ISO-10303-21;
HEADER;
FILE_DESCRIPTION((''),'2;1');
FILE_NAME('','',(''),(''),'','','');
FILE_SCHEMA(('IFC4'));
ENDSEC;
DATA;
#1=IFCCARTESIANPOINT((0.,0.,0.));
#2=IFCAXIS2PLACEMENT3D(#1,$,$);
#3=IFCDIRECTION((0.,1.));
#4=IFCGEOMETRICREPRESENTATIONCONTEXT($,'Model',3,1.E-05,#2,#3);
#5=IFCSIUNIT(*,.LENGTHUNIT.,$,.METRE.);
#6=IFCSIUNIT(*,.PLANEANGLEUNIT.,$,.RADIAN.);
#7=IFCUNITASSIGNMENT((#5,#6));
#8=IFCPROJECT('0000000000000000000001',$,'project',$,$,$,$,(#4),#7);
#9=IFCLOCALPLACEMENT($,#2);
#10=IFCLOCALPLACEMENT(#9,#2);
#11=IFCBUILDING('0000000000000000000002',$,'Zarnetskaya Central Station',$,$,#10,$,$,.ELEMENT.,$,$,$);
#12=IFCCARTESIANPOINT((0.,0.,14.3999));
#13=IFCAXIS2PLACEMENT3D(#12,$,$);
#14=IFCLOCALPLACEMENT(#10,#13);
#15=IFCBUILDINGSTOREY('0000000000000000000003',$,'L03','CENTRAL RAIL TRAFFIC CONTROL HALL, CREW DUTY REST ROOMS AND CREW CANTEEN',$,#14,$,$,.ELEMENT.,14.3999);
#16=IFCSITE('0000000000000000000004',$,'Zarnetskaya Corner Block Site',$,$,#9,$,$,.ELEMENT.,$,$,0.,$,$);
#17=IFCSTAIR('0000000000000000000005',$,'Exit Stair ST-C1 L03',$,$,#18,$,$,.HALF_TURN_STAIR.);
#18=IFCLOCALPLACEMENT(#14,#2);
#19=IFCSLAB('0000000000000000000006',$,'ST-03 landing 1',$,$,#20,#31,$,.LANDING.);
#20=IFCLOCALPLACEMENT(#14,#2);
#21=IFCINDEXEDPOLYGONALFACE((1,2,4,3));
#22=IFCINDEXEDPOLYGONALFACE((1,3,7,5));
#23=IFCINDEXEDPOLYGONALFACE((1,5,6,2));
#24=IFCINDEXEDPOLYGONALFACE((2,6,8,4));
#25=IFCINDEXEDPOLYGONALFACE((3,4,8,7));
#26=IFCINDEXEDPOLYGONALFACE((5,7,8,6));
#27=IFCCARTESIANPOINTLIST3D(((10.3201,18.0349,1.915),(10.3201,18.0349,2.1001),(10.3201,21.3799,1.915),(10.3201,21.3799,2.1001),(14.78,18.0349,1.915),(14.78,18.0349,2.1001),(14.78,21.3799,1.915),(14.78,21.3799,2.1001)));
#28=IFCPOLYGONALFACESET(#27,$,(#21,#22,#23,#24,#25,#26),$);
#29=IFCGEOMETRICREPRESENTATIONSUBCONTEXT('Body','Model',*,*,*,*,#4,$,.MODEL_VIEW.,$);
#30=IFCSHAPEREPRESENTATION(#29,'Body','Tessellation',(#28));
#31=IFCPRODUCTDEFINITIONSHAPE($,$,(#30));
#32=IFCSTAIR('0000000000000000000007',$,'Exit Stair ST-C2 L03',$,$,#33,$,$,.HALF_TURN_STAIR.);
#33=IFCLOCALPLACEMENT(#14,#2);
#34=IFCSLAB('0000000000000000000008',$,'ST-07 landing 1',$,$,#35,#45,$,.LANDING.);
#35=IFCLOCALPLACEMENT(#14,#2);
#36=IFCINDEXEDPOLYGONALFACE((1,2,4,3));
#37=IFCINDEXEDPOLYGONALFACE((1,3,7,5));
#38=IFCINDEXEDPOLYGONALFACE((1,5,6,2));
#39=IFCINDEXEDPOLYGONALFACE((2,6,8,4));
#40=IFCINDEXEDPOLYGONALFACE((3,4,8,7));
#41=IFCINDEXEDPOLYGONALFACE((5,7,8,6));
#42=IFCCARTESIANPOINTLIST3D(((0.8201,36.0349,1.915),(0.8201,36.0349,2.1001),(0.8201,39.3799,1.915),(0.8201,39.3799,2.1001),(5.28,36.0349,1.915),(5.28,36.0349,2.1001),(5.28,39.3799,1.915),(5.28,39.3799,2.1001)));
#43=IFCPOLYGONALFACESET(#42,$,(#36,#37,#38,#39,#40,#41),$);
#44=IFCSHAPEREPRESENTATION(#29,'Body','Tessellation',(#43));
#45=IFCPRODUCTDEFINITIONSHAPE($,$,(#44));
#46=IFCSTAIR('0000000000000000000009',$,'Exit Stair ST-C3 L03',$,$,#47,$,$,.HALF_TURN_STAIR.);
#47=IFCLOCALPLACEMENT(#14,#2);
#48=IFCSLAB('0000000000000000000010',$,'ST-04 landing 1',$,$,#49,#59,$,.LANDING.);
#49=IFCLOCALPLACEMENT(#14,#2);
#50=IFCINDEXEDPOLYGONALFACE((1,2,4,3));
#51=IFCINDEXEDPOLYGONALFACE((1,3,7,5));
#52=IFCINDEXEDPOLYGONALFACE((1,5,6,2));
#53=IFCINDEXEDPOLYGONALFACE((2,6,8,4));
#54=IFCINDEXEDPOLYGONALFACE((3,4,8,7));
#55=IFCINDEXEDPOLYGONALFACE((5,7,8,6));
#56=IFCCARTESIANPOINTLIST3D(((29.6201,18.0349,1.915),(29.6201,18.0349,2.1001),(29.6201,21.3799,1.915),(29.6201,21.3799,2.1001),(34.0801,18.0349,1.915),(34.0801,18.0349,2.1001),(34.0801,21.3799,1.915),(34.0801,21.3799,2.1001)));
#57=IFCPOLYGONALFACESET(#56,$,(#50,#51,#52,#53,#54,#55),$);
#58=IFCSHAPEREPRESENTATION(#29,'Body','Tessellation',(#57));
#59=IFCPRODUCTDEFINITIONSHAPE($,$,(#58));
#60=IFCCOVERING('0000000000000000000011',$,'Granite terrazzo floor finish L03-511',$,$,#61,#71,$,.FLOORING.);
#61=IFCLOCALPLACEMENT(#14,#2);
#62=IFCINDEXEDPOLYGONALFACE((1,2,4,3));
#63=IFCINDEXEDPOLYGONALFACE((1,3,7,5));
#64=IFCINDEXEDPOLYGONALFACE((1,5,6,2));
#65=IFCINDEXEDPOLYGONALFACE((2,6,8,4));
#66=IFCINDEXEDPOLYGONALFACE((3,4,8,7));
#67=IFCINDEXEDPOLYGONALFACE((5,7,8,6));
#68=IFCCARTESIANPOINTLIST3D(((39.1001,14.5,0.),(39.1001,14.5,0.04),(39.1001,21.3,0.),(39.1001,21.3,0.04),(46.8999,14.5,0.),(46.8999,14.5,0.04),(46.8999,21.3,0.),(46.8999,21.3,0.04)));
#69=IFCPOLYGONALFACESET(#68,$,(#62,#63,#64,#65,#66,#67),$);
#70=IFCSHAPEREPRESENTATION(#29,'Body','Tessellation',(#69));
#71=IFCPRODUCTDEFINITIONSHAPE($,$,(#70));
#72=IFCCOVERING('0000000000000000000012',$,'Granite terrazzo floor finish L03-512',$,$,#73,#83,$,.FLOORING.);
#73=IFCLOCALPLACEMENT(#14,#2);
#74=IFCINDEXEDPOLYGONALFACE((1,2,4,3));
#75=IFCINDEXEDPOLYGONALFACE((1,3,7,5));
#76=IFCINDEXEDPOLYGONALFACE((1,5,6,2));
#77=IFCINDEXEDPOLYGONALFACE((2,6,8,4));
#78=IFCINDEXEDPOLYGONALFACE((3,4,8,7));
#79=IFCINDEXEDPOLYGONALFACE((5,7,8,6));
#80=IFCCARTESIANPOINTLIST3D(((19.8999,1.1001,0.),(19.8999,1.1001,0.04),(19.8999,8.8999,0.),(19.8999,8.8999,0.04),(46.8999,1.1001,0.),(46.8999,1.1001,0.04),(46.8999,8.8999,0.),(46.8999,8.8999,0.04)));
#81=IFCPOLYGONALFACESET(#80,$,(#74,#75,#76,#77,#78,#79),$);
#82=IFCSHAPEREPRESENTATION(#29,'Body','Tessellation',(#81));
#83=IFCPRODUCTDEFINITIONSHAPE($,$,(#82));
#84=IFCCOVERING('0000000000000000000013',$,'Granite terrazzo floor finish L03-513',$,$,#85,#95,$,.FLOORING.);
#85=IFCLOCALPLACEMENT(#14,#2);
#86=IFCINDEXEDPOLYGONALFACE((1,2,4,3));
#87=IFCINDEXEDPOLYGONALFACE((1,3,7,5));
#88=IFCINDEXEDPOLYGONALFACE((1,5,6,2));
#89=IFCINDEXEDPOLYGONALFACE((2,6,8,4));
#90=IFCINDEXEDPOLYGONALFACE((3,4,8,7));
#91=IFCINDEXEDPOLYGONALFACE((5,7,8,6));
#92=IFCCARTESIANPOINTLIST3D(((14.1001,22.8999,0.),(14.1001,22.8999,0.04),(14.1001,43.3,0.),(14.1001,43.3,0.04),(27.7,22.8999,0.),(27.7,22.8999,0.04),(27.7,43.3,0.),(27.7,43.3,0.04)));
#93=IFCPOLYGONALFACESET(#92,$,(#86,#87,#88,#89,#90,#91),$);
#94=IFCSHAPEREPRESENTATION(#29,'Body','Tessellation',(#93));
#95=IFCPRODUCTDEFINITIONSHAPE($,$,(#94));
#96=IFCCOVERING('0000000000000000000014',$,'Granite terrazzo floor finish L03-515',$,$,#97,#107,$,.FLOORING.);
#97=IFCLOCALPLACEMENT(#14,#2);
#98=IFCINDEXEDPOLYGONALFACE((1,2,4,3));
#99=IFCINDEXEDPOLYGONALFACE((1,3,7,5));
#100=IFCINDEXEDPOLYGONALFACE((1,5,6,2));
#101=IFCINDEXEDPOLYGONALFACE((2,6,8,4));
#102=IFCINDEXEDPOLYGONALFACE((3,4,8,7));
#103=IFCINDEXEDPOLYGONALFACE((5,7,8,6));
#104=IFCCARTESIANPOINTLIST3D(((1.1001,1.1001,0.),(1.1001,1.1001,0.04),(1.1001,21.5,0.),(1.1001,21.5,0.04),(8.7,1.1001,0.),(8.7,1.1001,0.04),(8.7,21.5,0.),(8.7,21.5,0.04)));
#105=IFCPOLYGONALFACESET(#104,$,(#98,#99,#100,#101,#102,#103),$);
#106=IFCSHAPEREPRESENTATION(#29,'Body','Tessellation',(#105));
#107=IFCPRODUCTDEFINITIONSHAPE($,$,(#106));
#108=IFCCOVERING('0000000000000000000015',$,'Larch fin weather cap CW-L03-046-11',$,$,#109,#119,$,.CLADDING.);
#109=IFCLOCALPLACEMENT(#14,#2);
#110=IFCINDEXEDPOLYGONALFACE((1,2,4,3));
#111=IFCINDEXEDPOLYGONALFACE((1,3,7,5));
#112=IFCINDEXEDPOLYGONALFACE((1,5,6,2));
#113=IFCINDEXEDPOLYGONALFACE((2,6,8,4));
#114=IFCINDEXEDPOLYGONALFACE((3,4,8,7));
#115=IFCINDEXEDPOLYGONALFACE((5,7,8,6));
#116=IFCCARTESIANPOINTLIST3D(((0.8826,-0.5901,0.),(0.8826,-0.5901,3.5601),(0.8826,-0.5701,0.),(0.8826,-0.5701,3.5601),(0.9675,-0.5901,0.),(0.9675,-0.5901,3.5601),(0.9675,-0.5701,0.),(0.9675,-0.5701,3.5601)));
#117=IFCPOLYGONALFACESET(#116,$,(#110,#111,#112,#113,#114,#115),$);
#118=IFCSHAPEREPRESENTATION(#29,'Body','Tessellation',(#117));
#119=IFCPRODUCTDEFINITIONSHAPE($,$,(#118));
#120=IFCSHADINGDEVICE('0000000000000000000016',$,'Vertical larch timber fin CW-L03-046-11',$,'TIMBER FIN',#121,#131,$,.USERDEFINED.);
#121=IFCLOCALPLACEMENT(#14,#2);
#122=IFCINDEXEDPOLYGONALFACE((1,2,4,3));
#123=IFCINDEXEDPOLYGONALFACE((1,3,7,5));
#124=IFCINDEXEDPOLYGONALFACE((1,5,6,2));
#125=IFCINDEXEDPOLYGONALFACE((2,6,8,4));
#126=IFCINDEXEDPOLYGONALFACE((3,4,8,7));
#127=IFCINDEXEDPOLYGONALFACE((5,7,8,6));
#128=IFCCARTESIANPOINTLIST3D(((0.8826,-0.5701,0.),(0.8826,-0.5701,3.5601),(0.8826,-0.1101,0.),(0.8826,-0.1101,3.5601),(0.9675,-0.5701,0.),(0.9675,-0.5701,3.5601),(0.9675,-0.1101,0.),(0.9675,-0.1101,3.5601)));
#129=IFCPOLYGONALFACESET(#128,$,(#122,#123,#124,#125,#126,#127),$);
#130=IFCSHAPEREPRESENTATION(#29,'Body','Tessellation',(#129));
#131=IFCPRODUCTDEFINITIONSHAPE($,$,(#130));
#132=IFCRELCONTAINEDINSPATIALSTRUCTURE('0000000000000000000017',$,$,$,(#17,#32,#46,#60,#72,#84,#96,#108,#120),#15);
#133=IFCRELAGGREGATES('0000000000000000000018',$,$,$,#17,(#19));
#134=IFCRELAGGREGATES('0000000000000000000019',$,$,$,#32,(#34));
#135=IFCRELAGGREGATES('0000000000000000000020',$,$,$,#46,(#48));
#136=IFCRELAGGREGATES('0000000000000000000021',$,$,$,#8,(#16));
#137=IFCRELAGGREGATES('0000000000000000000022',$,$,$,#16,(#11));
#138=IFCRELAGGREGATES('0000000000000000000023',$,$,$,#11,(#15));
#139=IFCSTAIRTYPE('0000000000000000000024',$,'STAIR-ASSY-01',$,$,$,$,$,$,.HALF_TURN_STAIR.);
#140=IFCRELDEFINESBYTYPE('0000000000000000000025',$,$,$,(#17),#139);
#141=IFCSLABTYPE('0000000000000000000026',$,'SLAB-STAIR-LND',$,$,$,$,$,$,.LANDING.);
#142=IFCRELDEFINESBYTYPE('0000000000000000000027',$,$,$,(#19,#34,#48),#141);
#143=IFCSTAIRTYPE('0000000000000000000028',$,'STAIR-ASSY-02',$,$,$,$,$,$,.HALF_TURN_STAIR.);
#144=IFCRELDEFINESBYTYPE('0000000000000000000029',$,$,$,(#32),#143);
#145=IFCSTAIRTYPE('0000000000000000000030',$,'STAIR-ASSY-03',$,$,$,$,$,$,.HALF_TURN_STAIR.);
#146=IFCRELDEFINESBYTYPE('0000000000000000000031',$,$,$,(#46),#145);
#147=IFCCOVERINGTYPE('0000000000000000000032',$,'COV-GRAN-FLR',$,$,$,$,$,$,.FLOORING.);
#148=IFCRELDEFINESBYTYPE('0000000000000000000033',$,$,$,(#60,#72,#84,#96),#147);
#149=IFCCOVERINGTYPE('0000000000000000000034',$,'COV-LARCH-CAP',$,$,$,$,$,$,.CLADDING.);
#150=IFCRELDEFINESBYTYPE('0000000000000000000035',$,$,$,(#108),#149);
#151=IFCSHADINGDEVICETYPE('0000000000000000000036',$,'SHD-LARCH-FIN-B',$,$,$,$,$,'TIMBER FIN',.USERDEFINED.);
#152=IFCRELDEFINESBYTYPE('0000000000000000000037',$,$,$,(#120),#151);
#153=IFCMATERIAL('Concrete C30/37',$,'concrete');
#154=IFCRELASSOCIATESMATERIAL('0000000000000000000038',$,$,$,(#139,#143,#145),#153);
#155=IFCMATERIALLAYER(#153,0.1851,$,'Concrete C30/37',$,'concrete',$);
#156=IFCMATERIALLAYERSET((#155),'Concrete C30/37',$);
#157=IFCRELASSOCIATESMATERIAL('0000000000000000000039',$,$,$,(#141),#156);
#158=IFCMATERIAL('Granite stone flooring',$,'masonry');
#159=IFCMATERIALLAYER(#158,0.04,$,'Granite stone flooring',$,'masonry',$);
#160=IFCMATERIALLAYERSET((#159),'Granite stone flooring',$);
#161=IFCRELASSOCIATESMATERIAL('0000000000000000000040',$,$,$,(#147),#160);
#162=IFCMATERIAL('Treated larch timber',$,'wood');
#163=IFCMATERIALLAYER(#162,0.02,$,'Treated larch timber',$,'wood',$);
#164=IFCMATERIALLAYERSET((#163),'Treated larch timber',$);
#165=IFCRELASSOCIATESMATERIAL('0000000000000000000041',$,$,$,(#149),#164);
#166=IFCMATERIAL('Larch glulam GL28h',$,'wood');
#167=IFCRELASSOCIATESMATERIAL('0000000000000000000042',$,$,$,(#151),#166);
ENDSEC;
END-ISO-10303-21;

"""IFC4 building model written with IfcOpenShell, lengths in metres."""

from ifc_helpers import new_model, si_unit, direction, frame, origin, origin_2d, place, context, subcontext, project, spatial, polyline, rectangle, outline, extrude, material, layer, layer_set, type_object, element, aggregate, save


model = new_model("IFC4")

# Units and contexts
model_context = context("Model", 3, precision=1e-05, world=origin(), true_north=direction((0.0, 1.0)))
body_context = subcontext(model_context, "Body", "Model", "MODEL_VIEW")
ifc_project = project(units=[si_unit("LENGTHUNIT", "METRE"), si_unit("PLANEANGLEUNIT", "RADIAN")], contexts=[model_context])

# Site, building, storey
site_placement = place(None, origin())
site = spatial("IfcSite", under=ifc_project, at=site_placement, Name="Zarnetskaya Corner Block Site", CompositionType="ELEMENT", RefElevation=0.0)
building_placement = place(site_placement, origin())
building = spatial("IfcBuilding", under=site, at=building_placement, Name="Zarnetskaya Central Station", CompositionType="ELEMENT")
storey_placement = place(building_placement, frame((0.0, 0.0, 14.3999)))
storey = spatial("IfcBuildingStorey", under=building, at=storey_placement, Name="L03", Description="CENTRAL RAIL TRAFFIC CONTROL HALL, CREW DUTY REST ROOMS AND CREW CANTEEN", CompositionType="ELEMENT", Elevation=14.3999)

# Shared definitions
ifc_material_1 = material(Name="Concrete C30/37", Category="concrete")

# Stairs, slabs
stair_type_1 = type_object("IfcStairType", Name="STAIR-ASSY-01", PredefinedType="HALF_TURN_STAIR", material=ifc_material_1)
stair_1_placement = place(storey_placement, origin())
stair_1 = element("IfcStair", 1, at=stair_1_placement, inside=storey, type_object=stair_type_1, Name="Exit Stair ST-C1 L03", PredefinedType="HALF_TURN_STAIR")
ifc_layer_1 = layer(ifc_material_1, 0.1851, Name="Concrete C30/37", Category="concrete")
ifc_layer_set_1 = layer_set([ifc_layer_1], Name="Concrete C30/37")
slab_type_1 = type_object("IfcSlabType", Name="SLAB-STAIR-LND", PredefinedType="LANDING", material=ifc_layer_set_1)
slab_1_placement = place(storey_placement, frame((0.0, 0.0, 1.915)))
slab_1 = element("IfcSlab", 2, at=slab_1_placement, type_object=slab_type_1, Name="ST-03 landing 1", PredefinedType="LANDING", context=body_context, shape_type="SweptSolid", body=[
    extrude(outline(polyline([(10.3201, 18.0349), (14.78, 18.0349), (14.78, 21.3799), (10.3201, 21.3799), (10.3201, 18.0349)])), origin(), (0.0, 0.0, 1.0), 0.1851),
])
aggregate(stair_1, [slab_1])
stair_type_2 = type_object("IfcStairType", Name="STAIR-ASSY-02", PredefinedType="HALF_TURN_STAIR", material=ifc_material_1)
stair_2_placement = place(storey_placement, origin())
stair_2 = element("IfcStair", 3, at=stair_2_placement, inside=storey, type_object=stair_type_2, Name="Exit Stair ST-C2 L03", PredefinedType="HALF_TURN_STAIR")
slab_2_placement = place(storey_placement, frame((0.0, 0.0, 1.915)))
slab_2 = element("IfcSlab", 4, at=slab_2_placement, type_object=slab_type_1, Name="ST-07 landing 1", PredefinedType="LANDING", context=body_context, shape_type="SweptSolid", body=[
    extrude(outline(polyline([(0.8201, 36.0349), (5.28, 36.0349), (5.28, 39.3799), (0.8201, 39.3799), (0.8201, 36.0349)])), origin(), (0.0, 0.0, 1.0), 0.1851),
])
aggregate(stair_2, [slab_2])
stair_type_3 = type_object("IfcStairType", Name="STAIR-ASSY-03", PredefinedType="HALF_TURN_STAIR", material=ifc_material_1)
stair_3_placement = place(storey_placement, origin())
stair_3 = element("IfcStair", 5, at=stair_3_placement, inside=storey, type_object=stair_type_3, Name="Exit Stair ST-C3 L03", PredefinedType="HALF_TURN_STAIR")
slab_3_placement = place(storey_placement, frame((0.0, 0.0, 1.915)))
slab_3 = element("IfcSlab", 6, at=slab_3_placement, type_object=slab_type_1, Name="ST-04 landing 1", PredefinedType="LANDING", context=body_context, shape_type="SweptSolid", body=[
    extrude(outline(polyline([(29.6201, 18.0349), (34.0801, 18.0349), (34.0801, 21.3799), (29.6201, 21.3799), (29.6201, 18.0349)])), origin(), (0.0, 0.0, 1.0), 0.1851),
])
aggregate(stair_3, [slab_3])

# Coverings
ifc_material_2 = material(Name="Granite stone flooring", Category="masonry")
ifc_layer_2 = layer(ifc_material_2, 0.04, Name="Granite stone flooring", Category="masonry")
ifc_layer_set_2 = layer_set([ifc_layer_2], Name="Granite stone flooring")
covering_type_1 = type_object("IfcCoveringType", Name="COV-GRAN-FLR", PredefinedType="FLOORING", material=ifc_layer_set_2)
covering_1_placement = place(storey_placement, origin())
element("IfcCovering", 7, at=covering_1_placement, inside=storey, type_object=covering_type_1, Name="Granite terrazzo floor finish L03-511", PredefinedType="FLOORING", context=body_context, shape_type="SweptSolid", body=[
    extrude(outline(polyline([(39.1001, 14.5), (46.8999, 14.5), (46.8999, 21.3), (39.1001, 21.3), (39.1001, 14.5)])), origin(), (0.0, 0.0, 1.0), 0.04),
])
covering_2_placement = place(storey_placement, origin())
element("IfcCovering", 8, at=covering_2_placement, inside=storey, type_object=covering_type_1, Name="Granite terrazzo floor finish L03-512", PredefinedType="FLOORING", context=body_context, shape_type="SweptSolid", body=[
    extrude(outline(polyline([(19.8999, 1.1001), (46.8999, 1.1001), (46.8999, 8.8999), (19.8999, 8.8999), (19.8999, 1.1001)])), origin(), (0.0, 0.0, 1.0), 0.04),
])
covering_3_placement = place(storey_placement, origin())
element("IfcCovering", 9, at=covering_3_placement, inside=storey, type_object=covering_type_1, Name="Granite terrazzo floor finish L03-513", PredefinedType="FLOORING", context=body_context, shape_type="SweptSolid", body=[
    extrude(outline(polyline([(14.1001, 22.8999), (27.7, 22.8999), (27.7, 43.3), (14.1001, 43.3), (14.1001, 22.8999)])), origin(), (0.0, 0.0, 1.0), 0.04),
])
covering_4_placement = place(storey_placement, origin())
element("IfcCovering", 10, at=covering_4_placement, inside=storey, type_object=covering_type_1, Name="Granite terrazzo floor finish L03-515", PredefinedType="FLOORING", context=body_context, shape_type="SweptSolid", body=[
    extrude(outline(polyline([(1.1001, 1.1001), (8.7, 1.1001), (8.7, 21.5), (1.1001, 21.5), (1.1001, 1.1001)])), origin(), (0.0, 0.0, 1.0), 0.04),
])
ifc_material_3 = material(Name="Treated larch timber", Category="wood")
ifc_layer_3 = layer(ifc_material_3, 0.02, Name="Treated larch timber", Category="wood")
ifc_layer_set_3 = layer_set([ifc_layer_3], Name="Treated larch timber")
covering_type_2 = type_object("IfcCoveringType", Name="COV-LARCH-CAP", PredefinedType="CLADDING", material=ifc_layer_set_3)
covering_5_placement = place(storey_placement, frame((0.925, -0.5801, 0.0), z_axis=(0.0, 0.0, 1.0), x_axis=(-1.0, 0.0, 0.0)))
element("IfcCovering", 11, at=covering_5_placement, inside=storey, type_object=covering_type_2, Name="Larch fin weather cap CW-L03-046-11", PredefinedType="CLADDING", context=body_context, shape_type="SweptSolid", body=[
    extrude(rectangle(XDim=0.085, YDim=0.02, at=origin_2d()), origin(), (0.0, 0.0, 1.0), 3.5601),
])

# Shading device
ifc_material_4 = material(Name="Larch glulam GL28h", Category="wood")
shading_device_type = type_object("IfcShadingDeviceType", Name="SHD-LARCH-FIN-B", ElementType="TIMBER FIN", PredefinedType="USERDEFINED", material=ifc_material_4)
shading_device_placement = place(storey_placement, frame((0.925, -0.3401, 0.0), z_axis=(0.0, 0.0, 1.0), x_axis=(-1.0, 0.0, 0.0)))
element("IfcShadingDevice", 12, at=shading_device_placement, inside=storey, type_object=shading_device_type, Name="Vertical larch timber fin CW-L03-046-11", ObjectType="TIMBER FIN", PredefinedType="USERDEFINED", context=body_context, shape_type="SweptSolid", body=[
    extrude(rectangle(XDim=0.085, YDim=0.46, at=origin_2d()), origin(), (0.0, 0.0, 1.0), 3.5601),
])

save(model, "model.ifc")
